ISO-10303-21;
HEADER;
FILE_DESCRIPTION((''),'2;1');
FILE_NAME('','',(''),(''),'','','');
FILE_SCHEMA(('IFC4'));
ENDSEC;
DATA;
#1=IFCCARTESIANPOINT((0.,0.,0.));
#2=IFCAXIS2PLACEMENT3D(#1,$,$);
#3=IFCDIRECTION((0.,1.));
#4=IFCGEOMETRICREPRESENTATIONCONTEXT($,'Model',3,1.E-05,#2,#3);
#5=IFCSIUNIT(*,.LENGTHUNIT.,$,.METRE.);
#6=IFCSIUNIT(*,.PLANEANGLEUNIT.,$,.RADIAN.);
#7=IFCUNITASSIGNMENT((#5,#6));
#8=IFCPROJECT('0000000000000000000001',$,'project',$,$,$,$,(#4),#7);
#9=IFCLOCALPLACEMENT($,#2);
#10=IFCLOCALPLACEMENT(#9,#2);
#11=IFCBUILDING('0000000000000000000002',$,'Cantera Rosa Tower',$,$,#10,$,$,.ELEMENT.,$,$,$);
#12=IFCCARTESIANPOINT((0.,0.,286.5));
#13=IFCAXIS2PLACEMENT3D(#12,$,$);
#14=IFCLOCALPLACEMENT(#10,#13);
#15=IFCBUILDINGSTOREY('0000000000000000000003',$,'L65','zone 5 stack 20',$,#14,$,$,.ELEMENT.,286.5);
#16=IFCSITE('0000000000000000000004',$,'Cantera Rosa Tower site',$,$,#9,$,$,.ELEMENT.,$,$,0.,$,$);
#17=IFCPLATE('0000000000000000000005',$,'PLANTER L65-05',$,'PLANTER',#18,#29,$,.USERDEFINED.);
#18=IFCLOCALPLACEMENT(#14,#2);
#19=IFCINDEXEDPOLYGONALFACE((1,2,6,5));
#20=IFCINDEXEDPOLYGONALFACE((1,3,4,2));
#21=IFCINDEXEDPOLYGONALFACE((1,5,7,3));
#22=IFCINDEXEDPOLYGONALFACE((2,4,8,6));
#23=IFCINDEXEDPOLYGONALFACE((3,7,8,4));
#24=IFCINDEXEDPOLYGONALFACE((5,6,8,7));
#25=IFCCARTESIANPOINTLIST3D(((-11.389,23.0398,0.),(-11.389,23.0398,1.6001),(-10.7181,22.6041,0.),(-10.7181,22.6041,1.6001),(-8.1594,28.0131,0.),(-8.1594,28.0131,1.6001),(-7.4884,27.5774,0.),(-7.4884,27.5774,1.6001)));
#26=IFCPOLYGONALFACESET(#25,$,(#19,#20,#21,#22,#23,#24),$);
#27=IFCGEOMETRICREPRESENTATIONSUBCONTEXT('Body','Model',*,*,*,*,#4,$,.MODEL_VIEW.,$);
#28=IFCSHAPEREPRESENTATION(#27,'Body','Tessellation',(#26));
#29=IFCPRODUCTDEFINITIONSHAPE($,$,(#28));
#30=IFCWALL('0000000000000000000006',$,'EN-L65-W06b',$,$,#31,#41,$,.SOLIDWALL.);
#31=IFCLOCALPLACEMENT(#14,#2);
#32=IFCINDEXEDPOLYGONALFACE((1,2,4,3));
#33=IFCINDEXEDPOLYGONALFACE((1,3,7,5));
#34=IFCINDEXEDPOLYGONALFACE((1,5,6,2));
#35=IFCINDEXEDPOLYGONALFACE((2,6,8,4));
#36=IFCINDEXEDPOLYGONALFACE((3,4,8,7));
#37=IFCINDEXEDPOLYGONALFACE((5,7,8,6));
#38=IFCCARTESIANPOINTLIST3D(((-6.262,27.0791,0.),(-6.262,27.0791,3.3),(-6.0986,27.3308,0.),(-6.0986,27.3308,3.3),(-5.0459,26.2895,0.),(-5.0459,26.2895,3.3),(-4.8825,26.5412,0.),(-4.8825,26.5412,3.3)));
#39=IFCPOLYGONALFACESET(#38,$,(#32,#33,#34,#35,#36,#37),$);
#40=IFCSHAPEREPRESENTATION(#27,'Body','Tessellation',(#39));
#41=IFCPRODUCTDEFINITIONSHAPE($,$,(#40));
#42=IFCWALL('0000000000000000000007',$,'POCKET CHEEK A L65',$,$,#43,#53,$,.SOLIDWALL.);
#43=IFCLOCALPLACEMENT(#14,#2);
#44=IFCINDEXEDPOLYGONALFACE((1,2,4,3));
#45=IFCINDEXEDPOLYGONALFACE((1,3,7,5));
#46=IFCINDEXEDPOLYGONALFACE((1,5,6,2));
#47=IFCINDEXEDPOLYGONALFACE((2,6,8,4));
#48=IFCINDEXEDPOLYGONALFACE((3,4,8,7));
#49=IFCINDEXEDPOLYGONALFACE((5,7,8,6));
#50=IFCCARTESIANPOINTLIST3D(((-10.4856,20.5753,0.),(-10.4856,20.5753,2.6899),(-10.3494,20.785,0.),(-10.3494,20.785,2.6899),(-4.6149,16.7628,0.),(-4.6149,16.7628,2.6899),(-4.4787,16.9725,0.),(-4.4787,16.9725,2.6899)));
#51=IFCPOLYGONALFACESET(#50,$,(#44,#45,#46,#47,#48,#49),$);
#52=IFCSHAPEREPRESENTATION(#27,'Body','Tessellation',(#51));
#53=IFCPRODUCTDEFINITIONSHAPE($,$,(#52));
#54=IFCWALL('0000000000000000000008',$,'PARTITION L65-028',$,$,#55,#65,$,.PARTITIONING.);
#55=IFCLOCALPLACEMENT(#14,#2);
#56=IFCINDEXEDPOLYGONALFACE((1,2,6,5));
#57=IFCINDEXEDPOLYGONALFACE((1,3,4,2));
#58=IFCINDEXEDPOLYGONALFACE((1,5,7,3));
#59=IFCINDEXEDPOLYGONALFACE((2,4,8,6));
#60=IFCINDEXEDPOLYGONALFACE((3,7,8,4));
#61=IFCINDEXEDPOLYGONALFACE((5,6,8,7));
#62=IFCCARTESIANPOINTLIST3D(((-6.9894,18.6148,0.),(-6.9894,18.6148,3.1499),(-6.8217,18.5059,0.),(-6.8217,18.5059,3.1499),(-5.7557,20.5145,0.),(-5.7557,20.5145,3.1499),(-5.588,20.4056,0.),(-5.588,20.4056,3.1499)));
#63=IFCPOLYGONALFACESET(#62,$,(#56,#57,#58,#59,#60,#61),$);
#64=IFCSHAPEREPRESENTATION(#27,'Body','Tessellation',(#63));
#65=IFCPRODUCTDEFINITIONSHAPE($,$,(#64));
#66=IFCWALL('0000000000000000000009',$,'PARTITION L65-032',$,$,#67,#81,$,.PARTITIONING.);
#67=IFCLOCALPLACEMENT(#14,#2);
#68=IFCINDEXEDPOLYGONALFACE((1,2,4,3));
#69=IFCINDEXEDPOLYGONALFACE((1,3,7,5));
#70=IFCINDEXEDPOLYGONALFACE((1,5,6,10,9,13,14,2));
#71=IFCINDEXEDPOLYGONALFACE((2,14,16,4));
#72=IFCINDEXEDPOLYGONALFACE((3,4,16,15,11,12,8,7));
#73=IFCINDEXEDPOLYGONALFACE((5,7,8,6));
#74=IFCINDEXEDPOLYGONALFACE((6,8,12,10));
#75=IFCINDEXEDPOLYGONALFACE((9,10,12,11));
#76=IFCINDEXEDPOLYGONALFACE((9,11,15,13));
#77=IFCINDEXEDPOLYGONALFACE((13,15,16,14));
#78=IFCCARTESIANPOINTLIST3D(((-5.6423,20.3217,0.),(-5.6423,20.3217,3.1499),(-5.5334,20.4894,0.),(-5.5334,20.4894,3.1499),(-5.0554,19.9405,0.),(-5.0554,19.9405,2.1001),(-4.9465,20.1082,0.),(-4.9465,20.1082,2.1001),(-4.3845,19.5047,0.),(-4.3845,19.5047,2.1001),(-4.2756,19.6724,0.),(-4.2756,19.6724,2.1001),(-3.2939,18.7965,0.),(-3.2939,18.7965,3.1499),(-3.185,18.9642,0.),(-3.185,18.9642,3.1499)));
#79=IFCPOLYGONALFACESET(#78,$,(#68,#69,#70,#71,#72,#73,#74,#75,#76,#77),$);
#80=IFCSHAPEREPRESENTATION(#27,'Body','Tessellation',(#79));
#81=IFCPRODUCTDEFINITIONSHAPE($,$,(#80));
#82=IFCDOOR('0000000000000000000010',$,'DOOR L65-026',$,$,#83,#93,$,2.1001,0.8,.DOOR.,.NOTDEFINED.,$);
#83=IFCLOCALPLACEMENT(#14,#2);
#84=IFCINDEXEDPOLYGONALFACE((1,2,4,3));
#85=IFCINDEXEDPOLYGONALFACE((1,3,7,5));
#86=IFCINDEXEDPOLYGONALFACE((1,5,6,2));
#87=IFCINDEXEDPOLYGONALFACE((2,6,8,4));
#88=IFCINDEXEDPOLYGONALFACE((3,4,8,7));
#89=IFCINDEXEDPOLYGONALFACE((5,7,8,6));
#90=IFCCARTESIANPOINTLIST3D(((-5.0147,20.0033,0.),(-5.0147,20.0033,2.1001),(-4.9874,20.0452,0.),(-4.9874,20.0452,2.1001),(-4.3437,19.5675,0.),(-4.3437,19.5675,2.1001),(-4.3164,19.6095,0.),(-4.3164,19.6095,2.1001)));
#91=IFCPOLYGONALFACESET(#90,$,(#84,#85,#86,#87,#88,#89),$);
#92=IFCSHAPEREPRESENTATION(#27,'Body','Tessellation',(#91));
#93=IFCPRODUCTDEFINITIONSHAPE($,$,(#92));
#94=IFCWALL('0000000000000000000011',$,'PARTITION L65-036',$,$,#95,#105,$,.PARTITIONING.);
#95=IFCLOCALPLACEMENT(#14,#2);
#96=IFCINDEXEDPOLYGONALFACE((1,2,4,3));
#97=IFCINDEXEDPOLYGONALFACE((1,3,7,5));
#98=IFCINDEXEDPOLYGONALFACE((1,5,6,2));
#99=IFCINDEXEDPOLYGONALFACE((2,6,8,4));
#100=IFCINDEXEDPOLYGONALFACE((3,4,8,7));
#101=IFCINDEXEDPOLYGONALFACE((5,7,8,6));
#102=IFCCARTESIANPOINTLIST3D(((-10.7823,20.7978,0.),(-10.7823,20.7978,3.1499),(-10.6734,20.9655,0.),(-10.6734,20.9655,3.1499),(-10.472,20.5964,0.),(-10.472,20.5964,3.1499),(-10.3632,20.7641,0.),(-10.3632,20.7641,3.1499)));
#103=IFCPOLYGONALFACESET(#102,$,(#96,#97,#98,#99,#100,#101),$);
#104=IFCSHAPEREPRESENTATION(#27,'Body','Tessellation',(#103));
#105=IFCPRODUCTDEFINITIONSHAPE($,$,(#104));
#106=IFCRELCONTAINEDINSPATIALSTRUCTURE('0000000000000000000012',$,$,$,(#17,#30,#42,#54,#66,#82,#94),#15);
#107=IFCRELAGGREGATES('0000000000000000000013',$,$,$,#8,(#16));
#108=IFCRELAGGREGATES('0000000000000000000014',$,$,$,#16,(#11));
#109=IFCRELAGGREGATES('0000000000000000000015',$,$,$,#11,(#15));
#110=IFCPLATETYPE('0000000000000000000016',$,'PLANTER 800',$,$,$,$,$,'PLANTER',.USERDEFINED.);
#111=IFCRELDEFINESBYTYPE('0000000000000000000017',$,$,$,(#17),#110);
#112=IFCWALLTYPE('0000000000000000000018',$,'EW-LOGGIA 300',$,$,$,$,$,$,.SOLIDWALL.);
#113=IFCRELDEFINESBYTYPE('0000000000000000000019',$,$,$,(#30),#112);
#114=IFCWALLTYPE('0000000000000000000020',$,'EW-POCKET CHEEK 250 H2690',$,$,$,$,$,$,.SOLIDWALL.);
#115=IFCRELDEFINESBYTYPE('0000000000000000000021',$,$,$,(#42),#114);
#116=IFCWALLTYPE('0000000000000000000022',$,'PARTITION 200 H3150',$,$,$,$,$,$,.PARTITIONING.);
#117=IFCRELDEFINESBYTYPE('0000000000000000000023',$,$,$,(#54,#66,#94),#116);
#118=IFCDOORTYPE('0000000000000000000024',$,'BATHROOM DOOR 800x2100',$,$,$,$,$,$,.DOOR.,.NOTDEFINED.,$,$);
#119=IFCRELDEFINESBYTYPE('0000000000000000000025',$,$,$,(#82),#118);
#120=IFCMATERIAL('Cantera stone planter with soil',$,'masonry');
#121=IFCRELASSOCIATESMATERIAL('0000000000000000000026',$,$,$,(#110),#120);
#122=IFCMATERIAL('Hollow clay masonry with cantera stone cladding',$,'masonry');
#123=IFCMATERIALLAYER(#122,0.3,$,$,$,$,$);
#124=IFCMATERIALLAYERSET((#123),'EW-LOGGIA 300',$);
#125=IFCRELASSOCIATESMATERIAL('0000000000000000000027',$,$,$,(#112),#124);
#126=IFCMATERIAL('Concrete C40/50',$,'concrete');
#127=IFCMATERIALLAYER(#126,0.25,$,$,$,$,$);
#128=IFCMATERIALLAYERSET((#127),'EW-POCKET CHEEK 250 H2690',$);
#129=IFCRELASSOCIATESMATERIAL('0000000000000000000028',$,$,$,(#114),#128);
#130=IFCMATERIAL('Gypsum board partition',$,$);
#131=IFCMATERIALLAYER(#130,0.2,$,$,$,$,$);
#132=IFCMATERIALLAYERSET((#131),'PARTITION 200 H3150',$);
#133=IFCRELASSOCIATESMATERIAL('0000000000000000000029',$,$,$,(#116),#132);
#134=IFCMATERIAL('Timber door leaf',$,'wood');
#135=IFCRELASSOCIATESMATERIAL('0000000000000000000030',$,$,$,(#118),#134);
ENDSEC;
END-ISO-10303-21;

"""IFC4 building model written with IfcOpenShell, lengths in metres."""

from ifc_helpers import new_model, si_unit, direction, frame, frame_2d, origin, origin_2d, place, context, subcontext, project, spatial, rectangle, extrude, material, layer, layer_set, type_object, element, fill, save


model = new_model("IFC4")

# Units and contexts
model_context = context("Model", 3, precision=1e-05, world=origin(), true_north=direction((0.0, 1.0)))
body_context = subcontext(model_context, "Body", "Model", "MODEL_VIEW")
ifc_project = project(units=[si_unit("LENGTHUNIT", "METRE"), si_unit("PLANEANGLEUNIT", "RADIAN")], contexts=[model_context])

# Site, building, storey
site_placement = place(None, origin())
site = spatial("IfcSite", under=ifc_project, at=site_placement, Name="Cantera Rosa Tower site", CompositionType="ELEMENT", RefElevation=0.0)
building_placement = place(site_placement, origin())
building = spatial("IfcBuilding", under=site, at=building_placement, Name="Cantera Rosa Tower", CompositionType="ELEMENT")
storey_placement = place(building_placement, frame((0.0, 0.0, 286.5)))
storey = spatial("IfcBuildingStorey", under=building, at=storey_placement, Name="L65", Description="zone 5 stack 20", CompositionType="ELEMENT", Elevation=286.5)

# Plate
ifc_material_1 = material(Name="Cantera stone planter with soil", Category="masonry")
plate_type_1 = type_object("IfcPlateType", Name="PLANTER 800", ElementType="PLANTER", PredefinedType="USERDEFINED", material=ifc_material_1)
plate_1_placement = place(storey_placement, frame((-9.4387, 25.3086, 0.0), z_axis=(0.0, 0.0, 1.0), x_axis=(-0.544639, -0.838671, 0.0)))
element("IfcPlate", 1, at=plate_1_placement, inside=storey, type_object=plate_type_1, Name="PLANTER L65-05", ObjectType="PLANTER", PredefinedType="USERDEFINED", context=body_context, shape_type="SweptSolid", body=[
    extrude(rectangle(XDim=5.9299, YDim=0.8, at=origin_2d()), origin(), (0.0, 0.0, 1.0), 1.6001),
])

# Wall
ifc_material_2 = material(Name="Hollow clay masonry with cantera stone cladding", Category="masonry")
ifc_layer_1 = layer(ifc_material_2, 0.3)
ifc_layer_set_1 = layer_set([ifc_layer_1], Name="EW-LOGGIA 300")
wall_type_1 = type_object("IfcWallType", Name="EW-LOGGIA 300", PredefinedType="SOLIDWALL", material=ifc_layer_set_1)
wall_1_placement = place(storey_placement, frame((-4.9641, 26.4153, 0.0), z_axis=(0.0, 0.0, 1.0), x_axis=(-0.838724, 0.544556, 0.0)))
element("IfcWall", 2, at=wall_1_placement, inside=storey, type_object=wall_type_1, Name="EN-L65-W06b", PredefinedType="SOLIDWALL", context=body_context, shape_type="SweptSolid", body=[
    extrude(rectangle(XDim=1.45, YDim=0.3, at=frame_2d((0.7251, 0.0))), origin(), (0.0, 0.0, 1.0), 3.3),
])

# Walls
ifc_material_3 = material(Name="Concrete C40/50", Category="concrete")
ifc_layer_2 = layer(ifc_material_3, 0.25)
ifc_layer_set_2 = layer_set([ifc_layer_2], Name="EW-POCKET CHEEK 250 H2690")
wall_type_2 = type_object("IfcWallType", Name="EW-POCKET CHEEK 250 H2690", PredefinedType="SOLIDWALL", material=ifc_layer_set_2)
wall_2_placement = place(storey_placement, frame((-10.4175, 20.6802, 0.0), z_axis=(0.0, 0.0, 1.0), x_axis=(0.838665, -0.544647, 0.0)))
element("IfcWall", 3, at=wall_2_placement, inside=storey, type_object=wall_type_2, Name="POCKET CHEEK A L65", PredefinedType="SOLIDWALL", context=body_context, shape_type="SweptSolid", body=[
    extrude(rectangle(XDim=7.0, YDim=0.25, at=frame_2d((3.5, 0.0))), origin(), (0.0, 0.0, 1.0), 2.6899),
])
ifc_material_4 = material(Name="Gypsum board partition")
ifc_layer_3 = layer(ifc_material_4, 0.2)
ifc_layer_set_3 = layer_set([ifc_layer_3], Name="PARTITION 200 H3150")
wall_type_3 = type_object("IfcWallType", Name="PARTITION 200 H3150", PredefinedType="PARTITIONING", material=ifc_layer_set_3)
wall_3_placement = place(storey_placement, frame((-6.9055, 18.5603, 0.0), z_axis=(0.0, 0.0, 1.0), x_axis=(0.544636, 0.838673, 0.0)))
element("IfcWall", 4, at=wall_3_placement, inside=storey, type_object=wall_type_3, Name="PARTITION L65-028", PredefinedType="PARTITIONING", context=body_context, shape_type="SweptSolid", body=[
    extrude(rectangle(XDim=2.2651, YDim=0.2, at=frame_2d((1.1326, 0.0))), origin(), (0.0, 0.0, 1.0), 3.1499),
])

# Wall, opening, door
wall_4_placement = place(storey_placement, frame((-5.5879, 20.4055, 0.0), z_axis=(0.0, 0.0, 1.0), x_axis=(0.838657, -0.54466, 0.0)))
wall_4 = element("IfcWall", 5, at=wall_4_placement, inside=storey, type_object=wall_type_3, Name="PARTITION L65-032", PredefinedType="PARTITIONING", context=body_context, shape_type="SweptSolid", body=[
    extrude(rectangle(XDim=2.8003, YDim=0.2, at=frame_2d((1.4001, 0.0))), origin(), (0.0, 0.0, 1.0), 3.1499),
])
opening_1_placement = place(wall_4_placement, frame((0.7, 0.0, 0.0)))
opening_1 = element("IfcOpeningElement", 6, at=opening_1_placement, cuts=wall_4, PredefinedType="OPENING", context=body_context, shape_type="SweptSolid", body=[
    extrude(rectangle(XDim=0.8, YDim=2.1001, at=frame_2d((0.3999, 1.05))), frame((0.0, 0.1099, 0.0), z_axis=(0.0, -1.0, 0.0), x_axis=(1.0, 0.0, 0.0)), (0.0, 0.0, 1.0), 0.22),
])
ifc_material_5 = material(Name="Timber door leaf", Category="wood")
door_type_1 = type_object("IfcDoorType", Name="BATHROOM DOOR 800x2100", OperationType="NOTDEFINED", PredefinedType="DOOR", material=ifc_material_5)
door_1_placement = place(opening_1_placement, origin())
door_1 = element("IfcDoor", 7, at=door_1_placement, inside=storey, type_object=door_type_1, Name="DOOR L65-026", OperationType="NOTDEFINED", OverallHeight=2.1001, OverallWidth=0.8, PredefinedType="DOOR", context=body_context, shape_type="SweptSolid", body=[
    extrude(rectangle(XDim=0.8, YDim=2.1001, at=frame_2d((0.3999, 1.05))), frame((0.0, 0.0249, 0.0), z_axis=(0.0, -1.0, 0.0), x_axis=(1.0, 0.0, 0.0)), (0.0, 0.0, 1.0), 0.05),
])
fill(opening_1, door_1)

# Wall
wall_5_placement = place(storey_placement, frame((-10.4175, 20.6802, 0.0), z_axis=(0.0, 0.0, 1.0), x_axis=(-0.83879, 0.544455, 0.0)))
element("IfcWall", 8, at=wall_5_placement, inside=storey, type_object=wall_type_3, Name="PARTITION L65-036", PredefinedType="PARTITIONING", context=body_context, shape_type="SweptSolid", body=[
    extrude(rectangle(XDim=0.3699, YDim=0.2, at=frame_2d((0.1851, 0.0))), origin(), (0.0, 0.0, 1.0), 3.1499),
])

save(model, "model.ifc")
